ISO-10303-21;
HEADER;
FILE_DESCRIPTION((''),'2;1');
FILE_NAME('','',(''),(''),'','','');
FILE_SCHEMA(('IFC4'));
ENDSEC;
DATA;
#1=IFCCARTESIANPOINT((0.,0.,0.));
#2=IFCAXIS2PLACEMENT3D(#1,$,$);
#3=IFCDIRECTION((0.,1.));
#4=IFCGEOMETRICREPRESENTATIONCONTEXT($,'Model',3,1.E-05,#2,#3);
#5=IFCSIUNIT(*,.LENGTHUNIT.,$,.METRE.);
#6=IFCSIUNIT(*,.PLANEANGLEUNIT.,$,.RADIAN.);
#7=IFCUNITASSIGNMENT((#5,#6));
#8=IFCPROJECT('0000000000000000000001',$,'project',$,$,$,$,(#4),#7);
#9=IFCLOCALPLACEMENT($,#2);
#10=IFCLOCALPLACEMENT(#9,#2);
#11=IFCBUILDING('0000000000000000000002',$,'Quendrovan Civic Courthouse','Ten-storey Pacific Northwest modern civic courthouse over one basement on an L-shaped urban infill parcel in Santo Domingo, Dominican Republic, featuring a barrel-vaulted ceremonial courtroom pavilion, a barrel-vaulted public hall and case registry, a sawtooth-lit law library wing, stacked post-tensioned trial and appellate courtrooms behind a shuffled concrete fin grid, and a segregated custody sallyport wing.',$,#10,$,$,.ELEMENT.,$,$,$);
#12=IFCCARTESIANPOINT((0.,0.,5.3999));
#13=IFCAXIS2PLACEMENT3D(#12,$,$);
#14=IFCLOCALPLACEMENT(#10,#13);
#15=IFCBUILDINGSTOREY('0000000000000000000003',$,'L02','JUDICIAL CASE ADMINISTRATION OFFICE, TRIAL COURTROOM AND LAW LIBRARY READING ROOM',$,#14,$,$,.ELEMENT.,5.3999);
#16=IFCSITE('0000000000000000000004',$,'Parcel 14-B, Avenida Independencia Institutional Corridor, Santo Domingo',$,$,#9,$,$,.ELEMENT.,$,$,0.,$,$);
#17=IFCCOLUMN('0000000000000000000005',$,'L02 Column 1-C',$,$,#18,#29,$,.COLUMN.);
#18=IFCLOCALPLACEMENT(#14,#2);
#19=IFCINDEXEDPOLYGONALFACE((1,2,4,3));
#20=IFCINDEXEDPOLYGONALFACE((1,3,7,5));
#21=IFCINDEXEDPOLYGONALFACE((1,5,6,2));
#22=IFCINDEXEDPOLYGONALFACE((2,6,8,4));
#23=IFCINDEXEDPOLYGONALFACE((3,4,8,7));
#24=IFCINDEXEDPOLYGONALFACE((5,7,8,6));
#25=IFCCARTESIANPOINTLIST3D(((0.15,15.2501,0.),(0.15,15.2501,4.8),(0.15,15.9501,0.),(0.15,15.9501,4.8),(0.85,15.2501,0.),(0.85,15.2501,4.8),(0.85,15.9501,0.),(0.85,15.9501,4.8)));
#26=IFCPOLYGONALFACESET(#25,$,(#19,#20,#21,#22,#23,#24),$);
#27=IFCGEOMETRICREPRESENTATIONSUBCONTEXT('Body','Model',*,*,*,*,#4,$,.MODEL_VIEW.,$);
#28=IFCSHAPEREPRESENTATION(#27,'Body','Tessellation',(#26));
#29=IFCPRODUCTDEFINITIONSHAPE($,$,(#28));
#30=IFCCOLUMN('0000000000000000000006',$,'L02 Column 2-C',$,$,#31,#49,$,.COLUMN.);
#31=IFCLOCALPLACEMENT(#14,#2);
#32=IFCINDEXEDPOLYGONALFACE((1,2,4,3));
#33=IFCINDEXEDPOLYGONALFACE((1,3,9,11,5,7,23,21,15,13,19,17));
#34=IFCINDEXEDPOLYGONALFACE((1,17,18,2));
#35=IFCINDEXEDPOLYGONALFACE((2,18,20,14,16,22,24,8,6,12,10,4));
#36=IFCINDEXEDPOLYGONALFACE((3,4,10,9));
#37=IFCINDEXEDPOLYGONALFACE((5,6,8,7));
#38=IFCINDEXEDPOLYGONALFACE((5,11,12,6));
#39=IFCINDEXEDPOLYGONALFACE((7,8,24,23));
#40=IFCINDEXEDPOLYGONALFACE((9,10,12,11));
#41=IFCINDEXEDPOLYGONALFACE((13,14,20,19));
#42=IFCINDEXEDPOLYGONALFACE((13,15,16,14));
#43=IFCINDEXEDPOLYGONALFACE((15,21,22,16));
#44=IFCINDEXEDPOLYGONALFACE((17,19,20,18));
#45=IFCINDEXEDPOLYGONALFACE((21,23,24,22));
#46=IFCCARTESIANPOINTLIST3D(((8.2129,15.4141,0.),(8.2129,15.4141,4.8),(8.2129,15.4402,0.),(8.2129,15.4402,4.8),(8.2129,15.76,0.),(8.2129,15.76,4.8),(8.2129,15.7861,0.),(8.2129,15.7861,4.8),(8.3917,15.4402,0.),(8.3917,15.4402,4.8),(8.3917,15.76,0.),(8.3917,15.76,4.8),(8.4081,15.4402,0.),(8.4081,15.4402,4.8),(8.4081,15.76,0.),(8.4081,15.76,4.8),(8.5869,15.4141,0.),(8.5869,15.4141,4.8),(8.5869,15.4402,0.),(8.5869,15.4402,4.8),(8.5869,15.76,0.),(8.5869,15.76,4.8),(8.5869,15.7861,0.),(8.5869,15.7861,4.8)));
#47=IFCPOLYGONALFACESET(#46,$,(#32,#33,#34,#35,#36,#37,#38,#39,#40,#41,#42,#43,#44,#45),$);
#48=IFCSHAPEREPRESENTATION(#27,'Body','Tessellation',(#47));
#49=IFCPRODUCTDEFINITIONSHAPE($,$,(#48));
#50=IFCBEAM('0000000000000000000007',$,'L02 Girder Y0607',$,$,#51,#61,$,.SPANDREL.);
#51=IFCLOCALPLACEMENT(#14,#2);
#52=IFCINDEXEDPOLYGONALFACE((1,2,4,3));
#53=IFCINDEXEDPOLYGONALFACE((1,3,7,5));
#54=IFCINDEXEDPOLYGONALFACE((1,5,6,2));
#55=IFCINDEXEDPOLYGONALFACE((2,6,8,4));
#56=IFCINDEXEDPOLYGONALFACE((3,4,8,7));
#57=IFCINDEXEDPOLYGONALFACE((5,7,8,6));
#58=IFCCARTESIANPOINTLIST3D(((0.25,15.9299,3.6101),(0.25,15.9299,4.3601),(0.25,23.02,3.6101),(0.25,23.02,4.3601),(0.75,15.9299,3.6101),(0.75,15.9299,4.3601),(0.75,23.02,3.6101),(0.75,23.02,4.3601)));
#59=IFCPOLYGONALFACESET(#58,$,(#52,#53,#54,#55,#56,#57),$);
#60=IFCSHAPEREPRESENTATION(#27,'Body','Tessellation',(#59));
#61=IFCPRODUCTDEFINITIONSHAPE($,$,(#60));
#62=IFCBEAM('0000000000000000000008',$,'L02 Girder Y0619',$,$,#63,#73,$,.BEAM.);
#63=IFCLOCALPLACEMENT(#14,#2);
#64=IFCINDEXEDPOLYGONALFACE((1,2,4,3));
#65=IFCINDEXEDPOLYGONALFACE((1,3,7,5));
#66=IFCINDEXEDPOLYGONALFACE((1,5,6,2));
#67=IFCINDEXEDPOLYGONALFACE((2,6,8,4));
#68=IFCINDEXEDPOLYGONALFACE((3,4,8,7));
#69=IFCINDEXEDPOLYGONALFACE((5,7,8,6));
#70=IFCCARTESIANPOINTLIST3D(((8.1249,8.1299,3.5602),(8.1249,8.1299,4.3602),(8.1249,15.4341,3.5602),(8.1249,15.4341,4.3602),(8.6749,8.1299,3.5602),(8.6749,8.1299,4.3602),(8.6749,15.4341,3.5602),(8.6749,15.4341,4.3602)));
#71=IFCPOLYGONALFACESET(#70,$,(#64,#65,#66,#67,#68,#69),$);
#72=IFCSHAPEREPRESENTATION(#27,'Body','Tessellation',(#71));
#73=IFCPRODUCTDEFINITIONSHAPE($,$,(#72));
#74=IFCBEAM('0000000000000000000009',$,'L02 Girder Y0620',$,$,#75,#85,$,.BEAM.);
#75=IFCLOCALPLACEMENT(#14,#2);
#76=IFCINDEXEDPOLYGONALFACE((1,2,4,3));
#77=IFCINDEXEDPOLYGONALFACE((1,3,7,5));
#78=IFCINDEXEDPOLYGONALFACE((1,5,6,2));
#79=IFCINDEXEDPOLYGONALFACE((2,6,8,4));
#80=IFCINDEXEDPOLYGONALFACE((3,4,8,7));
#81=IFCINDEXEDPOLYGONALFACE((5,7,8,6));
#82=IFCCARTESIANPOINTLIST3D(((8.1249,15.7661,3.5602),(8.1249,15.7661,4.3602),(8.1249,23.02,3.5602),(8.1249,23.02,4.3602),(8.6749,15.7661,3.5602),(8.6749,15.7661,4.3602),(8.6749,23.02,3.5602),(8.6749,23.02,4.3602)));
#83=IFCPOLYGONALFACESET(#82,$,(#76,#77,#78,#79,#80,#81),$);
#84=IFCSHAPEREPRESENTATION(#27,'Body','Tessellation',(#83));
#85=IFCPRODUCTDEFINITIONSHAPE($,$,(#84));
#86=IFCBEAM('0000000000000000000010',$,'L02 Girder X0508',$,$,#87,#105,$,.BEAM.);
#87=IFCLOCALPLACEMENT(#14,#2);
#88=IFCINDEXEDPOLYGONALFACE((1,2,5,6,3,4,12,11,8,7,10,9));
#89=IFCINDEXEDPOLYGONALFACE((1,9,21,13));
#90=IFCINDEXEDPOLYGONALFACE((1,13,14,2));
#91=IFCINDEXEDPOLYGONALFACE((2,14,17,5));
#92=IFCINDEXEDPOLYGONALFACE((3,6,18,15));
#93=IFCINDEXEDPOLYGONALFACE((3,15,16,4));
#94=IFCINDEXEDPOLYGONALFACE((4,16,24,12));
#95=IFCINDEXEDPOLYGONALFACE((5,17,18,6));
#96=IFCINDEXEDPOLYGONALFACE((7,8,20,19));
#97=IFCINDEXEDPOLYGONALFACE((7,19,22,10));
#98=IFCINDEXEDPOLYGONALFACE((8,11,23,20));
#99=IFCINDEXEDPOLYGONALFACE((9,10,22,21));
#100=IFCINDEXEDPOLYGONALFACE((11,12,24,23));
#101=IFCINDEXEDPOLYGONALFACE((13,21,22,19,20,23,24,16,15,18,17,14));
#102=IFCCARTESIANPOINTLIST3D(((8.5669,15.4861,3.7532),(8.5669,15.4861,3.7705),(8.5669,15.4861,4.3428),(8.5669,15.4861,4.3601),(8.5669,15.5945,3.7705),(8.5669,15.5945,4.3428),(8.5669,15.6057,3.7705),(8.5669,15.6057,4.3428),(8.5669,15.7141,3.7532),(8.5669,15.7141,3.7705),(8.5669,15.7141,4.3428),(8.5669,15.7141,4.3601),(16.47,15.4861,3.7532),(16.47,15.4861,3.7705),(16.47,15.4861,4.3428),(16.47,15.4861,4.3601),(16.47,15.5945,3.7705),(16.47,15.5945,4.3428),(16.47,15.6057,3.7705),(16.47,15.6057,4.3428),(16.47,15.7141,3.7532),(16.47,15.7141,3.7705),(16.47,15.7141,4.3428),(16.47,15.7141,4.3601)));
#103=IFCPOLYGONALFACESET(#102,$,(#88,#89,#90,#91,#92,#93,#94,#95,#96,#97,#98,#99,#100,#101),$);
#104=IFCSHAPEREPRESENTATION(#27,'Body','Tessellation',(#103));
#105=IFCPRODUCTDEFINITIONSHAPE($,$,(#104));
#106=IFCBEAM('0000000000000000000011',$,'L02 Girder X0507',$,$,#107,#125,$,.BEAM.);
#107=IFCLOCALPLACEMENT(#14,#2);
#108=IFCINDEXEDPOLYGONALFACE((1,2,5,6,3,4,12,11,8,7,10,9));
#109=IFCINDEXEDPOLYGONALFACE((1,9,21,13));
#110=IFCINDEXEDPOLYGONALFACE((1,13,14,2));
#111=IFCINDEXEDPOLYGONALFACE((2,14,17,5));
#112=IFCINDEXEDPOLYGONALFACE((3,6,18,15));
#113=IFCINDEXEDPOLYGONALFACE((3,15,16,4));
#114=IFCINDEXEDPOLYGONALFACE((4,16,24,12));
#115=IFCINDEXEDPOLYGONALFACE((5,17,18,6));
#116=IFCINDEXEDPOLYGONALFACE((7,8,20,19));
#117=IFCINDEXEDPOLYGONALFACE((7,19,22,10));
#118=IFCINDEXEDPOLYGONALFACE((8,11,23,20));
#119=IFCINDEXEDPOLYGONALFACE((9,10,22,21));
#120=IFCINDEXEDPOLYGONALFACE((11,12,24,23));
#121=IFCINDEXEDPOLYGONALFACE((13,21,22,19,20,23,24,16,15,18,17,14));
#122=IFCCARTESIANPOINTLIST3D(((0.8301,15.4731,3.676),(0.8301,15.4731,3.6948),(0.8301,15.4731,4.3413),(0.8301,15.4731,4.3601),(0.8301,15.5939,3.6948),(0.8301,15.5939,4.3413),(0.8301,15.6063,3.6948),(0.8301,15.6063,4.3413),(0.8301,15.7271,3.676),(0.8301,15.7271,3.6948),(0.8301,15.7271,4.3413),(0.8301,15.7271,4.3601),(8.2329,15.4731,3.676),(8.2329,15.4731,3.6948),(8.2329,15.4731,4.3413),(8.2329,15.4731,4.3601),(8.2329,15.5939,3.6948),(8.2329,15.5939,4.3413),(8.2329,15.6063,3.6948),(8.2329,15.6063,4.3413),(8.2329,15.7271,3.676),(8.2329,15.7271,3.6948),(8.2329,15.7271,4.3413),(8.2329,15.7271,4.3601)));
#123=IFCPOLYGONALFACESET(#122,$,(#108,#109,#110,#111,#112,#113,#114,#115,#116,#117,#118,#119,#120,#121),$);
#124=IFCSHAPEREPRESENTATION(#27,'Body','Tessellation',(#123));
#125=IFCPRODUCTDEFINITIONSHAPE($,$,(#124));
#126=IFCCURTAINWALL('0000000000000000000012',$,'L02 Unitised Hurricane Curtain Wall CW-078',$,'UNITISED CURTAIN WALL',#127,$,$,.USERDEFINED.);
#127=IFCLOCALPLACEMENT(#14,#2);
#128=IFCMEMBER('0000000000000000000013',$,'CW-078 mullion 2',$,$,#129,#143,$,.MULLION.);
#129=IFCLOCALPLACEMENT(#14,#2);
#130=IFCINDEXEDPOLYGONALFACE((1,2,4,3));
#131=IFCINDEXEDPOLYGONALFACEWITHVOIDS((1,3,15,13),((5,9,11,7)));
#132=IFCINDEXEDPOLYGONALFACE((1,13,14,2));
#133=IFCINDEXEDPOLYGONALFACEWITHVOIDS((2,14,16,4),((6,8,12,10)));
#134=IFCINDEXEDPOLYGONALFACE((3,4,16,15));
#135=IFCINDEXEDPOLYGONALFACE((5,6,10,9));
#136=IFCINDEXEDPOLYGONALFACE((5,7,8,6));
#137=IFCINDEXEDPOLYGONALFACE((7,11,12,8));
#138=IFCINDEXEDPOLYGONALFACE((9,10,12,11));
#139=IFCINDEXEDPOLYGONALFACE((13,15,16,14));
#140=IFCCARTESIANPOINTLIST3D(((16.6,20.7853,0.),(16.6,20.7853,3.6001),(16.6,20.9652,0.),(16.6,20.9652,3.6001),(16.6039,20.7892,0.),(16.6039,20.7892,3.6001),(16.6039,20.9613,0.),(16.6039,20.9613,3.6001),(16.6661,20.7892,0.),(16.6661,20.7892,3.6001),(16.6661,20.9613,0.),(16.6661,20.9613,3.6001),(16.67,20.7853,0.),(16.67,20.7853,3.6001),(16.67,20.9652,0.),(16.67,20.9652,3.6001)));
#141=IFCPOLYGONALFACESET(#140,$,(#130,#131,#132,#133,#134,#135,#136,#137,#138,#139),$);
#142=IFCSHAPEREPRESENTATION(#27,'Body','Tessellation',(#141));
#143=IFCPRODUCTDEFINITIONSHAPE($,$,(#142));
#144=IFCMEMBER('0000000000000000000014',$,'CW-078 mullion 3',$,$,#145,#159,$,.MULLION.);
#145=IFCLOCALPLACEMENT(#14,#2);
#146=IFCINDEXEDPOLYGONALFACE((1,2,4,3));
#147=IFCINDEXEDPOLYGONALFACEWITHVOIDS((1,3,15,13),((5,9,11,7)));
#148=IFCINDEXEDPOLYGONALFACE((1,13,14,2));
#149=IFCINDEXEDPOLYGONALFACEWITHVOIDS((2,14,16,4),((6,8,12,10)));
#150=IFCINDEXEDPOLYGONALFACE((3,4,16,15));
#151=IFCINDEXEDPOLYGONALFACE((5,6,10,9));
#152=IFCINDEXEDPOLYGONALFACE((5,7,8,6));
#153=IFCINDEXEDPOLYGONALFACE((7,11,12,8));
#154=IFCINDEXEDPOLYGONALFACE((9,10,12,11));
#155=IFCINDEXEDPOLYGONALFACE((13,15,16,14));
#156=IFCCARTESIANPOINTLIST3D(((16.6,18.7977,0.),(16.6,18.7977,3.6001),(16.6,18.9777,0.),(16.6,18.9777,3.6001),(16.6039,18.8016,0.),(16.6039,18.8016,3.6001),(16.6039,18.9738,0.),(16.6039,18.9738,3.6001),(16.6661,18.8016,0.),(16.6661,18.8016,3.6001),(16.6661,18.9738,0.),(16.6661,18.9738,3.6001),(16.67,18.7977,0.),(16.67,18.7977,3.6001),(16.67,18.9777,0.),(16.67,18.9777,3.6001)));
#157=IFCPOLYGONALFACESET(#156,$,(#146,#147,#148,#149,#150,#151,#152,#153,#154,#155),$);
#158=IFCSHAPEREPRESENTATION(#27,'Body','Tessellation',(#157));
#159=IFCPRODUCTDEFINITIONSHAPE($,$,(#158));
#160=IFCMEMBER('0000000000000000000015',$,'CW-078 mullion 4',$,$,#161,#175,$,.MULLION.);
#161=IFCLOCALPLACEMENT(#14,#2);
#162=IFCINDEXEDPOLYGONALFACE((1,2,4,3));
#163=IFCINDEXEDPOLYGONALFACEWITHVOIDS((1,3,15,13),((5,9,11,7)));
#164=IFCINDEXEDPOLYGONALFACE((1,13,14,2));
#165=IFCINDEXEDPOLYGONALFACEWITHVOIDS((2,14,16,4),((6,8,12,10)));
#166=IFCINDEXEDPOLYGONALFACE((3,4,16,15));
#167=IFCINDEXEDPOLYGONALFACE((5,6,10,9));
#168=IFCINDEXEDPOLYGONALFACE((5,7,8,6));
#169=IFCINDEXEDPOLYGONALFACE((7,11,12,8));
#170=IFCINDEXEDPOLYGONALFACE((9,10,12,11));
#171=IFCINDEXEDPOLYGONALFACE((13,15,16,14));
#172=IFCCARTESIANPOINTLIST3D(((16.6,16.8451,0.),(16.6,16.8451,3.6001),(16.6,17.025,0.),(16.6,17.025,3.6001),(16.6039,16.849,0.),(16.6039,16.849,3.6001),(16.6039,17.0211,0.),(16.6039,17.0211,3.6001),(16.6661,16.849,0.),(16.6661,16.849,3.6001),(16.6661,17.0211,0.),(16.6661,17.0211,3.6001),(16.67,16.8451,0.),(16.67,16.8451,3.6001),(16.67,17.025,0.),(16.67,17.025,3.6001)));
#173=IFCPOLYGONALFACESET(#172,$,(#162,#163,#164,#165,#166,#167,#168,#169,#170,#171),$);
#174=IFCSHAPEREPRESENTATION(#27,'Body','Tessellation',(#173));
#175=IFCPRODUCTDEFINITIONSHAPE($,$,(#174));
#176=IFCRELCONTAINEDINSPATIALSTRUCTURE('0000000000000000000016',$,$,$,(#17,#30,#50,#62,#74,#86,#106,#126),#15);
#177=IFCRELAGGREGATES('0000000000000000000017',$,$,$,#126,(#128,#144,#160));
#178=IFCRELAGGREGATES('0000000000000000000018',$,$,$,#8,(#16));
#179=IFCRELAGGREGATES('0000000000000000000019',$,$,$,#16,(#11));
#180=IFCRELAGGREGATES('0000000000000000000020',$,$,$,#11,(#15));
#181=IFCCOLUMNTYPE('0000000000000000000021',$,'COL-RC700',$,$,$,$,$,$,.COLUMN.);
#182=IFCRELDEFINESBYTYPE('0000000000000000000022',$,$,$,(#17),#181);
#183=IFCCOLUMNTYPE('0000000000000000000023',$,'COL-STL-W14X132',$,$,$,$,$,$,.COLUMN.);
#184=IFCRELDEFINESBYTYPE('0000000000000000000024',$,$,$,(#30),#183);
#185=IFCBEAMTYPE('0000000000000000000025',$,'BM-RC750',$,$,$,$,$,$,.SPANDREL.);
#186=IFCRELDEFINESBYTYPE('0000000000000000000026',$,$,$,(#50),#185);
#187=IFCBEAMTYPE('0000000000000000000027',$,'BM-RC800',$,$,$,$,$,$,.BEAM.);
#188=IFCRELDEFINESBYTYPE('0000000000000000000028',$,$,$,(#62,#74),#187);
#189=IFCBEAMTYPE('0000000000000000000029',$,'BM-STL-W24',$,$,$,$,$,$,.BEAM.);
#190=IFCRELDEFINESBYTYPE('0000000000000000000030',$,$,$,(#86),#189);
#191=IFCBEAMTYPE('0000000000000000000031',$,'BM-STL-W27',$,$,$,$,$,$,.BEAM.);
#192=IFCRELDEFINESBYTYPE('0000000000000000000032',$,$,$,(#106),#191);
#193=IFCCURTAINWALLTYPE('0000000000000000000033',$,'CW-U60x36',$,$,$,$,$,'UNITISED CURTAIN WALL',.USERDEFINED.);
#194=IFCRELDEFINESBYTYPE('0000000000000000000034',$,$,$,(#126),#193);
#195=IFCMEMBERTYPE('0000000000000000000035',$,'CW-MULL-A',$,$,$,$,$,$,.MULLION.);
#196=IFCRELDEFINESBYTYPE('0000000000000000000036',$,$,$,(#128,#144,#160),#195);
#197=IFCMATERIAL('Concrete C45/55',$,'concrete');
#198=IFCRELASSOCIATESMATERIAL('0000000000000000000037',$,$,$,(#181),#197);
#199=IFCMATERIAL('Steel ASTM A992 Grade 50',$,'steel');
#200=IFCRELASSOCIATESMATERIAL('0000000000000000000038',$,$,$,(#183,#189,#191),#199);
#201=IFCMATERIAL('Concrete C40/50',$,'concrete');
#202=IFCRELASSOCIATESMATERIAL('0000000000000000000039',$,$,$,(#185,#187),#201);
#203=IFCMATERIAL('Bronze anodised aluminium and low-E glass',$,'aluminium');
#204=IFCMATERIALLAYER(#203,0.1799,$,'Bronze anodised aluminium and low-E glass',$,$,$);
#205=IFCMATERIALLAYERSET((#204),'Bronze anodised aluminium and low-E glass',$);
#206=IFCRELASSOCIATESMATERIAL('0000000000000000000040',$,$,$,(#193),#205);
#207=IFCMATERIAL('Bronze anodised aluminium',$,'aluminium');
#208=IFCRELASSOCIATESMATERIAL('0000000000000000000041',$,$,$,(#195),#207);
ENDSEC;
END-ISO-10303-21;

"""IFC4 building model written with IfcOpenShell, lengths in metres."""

from ifc_helpers import new_model, si_unit, direction, frame, origin, origin_2d, place, context, subcontext, project, spatial, rectangle, hollow_rectangle, i_section, extrude, material, layer, layer_set, material_profile, profile_set, type_object, element, aggregate, save


model = new_model("IFC4")

# Units and contexts
model_context = context("Model", 3, precision=1e-05, world=origin(), true_north=direction((0.0, 1.0)))
body_context = subcontext(model_context, "Body", "Model", "MODEL_VIEW")
ifc_project = project(units=[si_unit("LENGTHUNIT", "METRE"), si_unit("PLANEANGLEUNIT", "RADIAN")], contexts=[model_context])

# Site, building, storey
site_placement = place(None, origin())
site = spatial("IfcSite", under=ifc_project, at=site_placement, Name="Parcel 14-B, Avenida Independencia Institutional Corridor, Santo Domingo", CompositionType="ELEMENT", RefElevation=0.0)
building_placement = place(site_placement, origin())
building = spatial("IfcBuilding", under=site, at=building_placement, Name="Quendrovan Civic Courthouse", Description="Ten-storey Pacific Northwest modern civic courthouse over one basement on an L-shaped urban infill parcel in Santo Domingo, Dominican Republic, featuring a barrel-vaulted ceremonial courtroom pavilion, a barrel-vaulted public hall and case registry, a sawtooth-lit law library wing, stacked post-tensioned trial and appellate courtrooms behind a shuffled concrete fin grid, and a segregated custody sallyport wing.", CompositionType="ELEMENT")
storey_placement = place(building_placement, frame((0.0, 0.0, 5.3999)))
storey = spatial("IfcBuildingStorey", under=building, at=storey_placement, Name="L02", Description="JUDICIAL CASE ADMINISTRATION OFFICE, TRIAL COURTROOM AND LAW LIBRARY READING ROOM", CompositionType="ELEMENT", Elevation=5.3999)

# Columns
ifc_material_1 = material(Name="Concrete C45/55", Category="concrete")
ifc_material_profile_1 = material_profile(ifc_material_1, rectangle(XDim=0.7, YDim=0.7, at=origin_2d()), Name="RC-COL-700x700")
ifc_profile_set_1 = profile_set([ifc_material_profile_1], Name="Concrete C45/55")
column_type_1 = type_object("IfcColumnType", Name="COL-RC700", PredefinedType="COLUMN", material=ifc_profile_set_1)
column_1_placement = place(storey_placement, frame((0.5, 15.6001, 0.0), z_axis=(0.0, 0.0, 1.0), x_axis=(1.0, 0.0, 0.0)))
element("IfcColumn", 1, at=column_1_placement, inside=storey, type_object=column_type_1, Name="L02 Column 1-C", PredefinedType="COLUMN", context=body_context, shape_type="SweptSolid", body=[
    extrude(rectangle(XDim=0.7, YDim=0.7, at=origin_2d()), origin(), (0.0, 0.0, 1.0), 4.8),
])
ifc_material_2 = material(Name="Steel ASTM A992 Grade 50", Category="steel")
ifc_material_profile_2 = material_profile(ifc_material_2, i_section(OverallWidth=0.374, OverallDepth=0.3721, WebThickness=0.0164, FlangeThickness=0.0261, at=origin_2d()), Name="W14X132")
ifc_profile_set_2 = profile_set([ifc_material_profile_2], Name="Steel ASTM A992 Grade 50")
column_type_2 = type_object("IfcColumnType", Name="COL-STL-W14X132", PredefinedType="COLUMN", material=ifc_profile_set_2)
column_2_placement = place(storey_placement, frame((8.3999, 15.6001, 0.0), z_axis=(0.0, 0.0, 1.0), x_axis=(1.0, 0.0, 0.0)))
element("IfcColumn", 2, at=column_2_placement, inside=storey, type_object=column_type_2, Name="L02 Column 2-C", PredefinedType="COLUMN", context=body_context, shape_type="SweptSolid", body=[
    extrude(i_section(OverallWidth=0.374, OverallDepth=0.3721, WebThickness=0.0164, FlangeThickness=0.0261, at=origin_2d()), origin(), (0.0, 0.0, 1.0), 4.8),
])

# Beams
ifc_material_3 = material(Name="Concrete C40/50", Category="concrete")
ifc_material_profile_3 = material_profile(ifc_material_3, rectangle(XDim=0.5, YDim=0.75, at=origin_2d()), Name="RC-BM-500x750")
ifc_profile_set_3 = profile_set([ifc_material_profile_3], Name="Concrete C40/50")
beam_type_1 = type_object("IfcBeamType", Name="BM-RC750", PredefinedType="SPANDREL", material=ifc_profile_set_3)
beam_1_placement = place(storey_placement, frame((0.5, 15.9299, 3.9851), z_axis=(0.0, 1.0, 0.0), x_axis=(-1.0, 0.0, 0.0)))
element("IfcBeam", 3, at=beam_1_placement, inside=storey, type_object=beam_type_1, Name="L02 Girder Y0607", PredefinedType="SPANDREL", context=body_context, shape_type="SweptSolid", body=[
    extrude(rectangle(XDim=0.5, YDim=0.75, at=origin_2d()), origin(), (0.0, 0.0, 1.0), 7.0901),
])
ifc_material_profile_4 = material_profile(ifc_material_3, rectangle(XDim=0.55, YDim=0.8, at=origin_2d()), Name="RC-BM-550x800")
ifc_profile_set_4 = profile_set([ifc_material_profile_4], Name="Concrete C40/50")
beam_type_2 = type_object("IfcBeamType", Name="BM-RC800", PredefinedType="BEAM", material=ifc_profile_set_4)
beam_2_placement = place(storey_placement, frame((8.3999, 8.1299, 3.9602), z_axis=(0.0, 1.0, 0.0), x_axis=(-1.0, 0.0, 0.0)))
element("IfcBeam", 4, at=beam_2_placement, inside=storey, type_object=beam_type_2, Name="L02 Girder Y0619", PredefinedType="BEAM", context=body_context, shape_type="SweptSolid", body=[
    extrude(rectangle(XDim=0.55, YDim=0.8, at=origin_2d()), origin(), (0.0, 0.0, 1.0), 7.3042),
])
beam_3_placement = place(storey_placement, frame((8.3999, 15.7661, 3.9602), z_axis=(0.0, 1.0, 0.0), x_axis=(-1.0, 0.0, 0.0)))
element("IfcBeam", 5, at=beam_3_placement, inside=storey, type_object=beam_type_2, Name="L02 Girder Y0620", PredefinedType="BEAM", context=body_context, shape_type="SweptSolid", body=[
    extrude(rectangle(XDim=0.55, YDim=0.8, at=origin_2d()), origin(), (0.0, 0.0, 1.0), 7.2539),
])
ifc_material_profile_5 = material_profile(ifc_material_2, i_section(OverallWidth=0.228, OverallDepth=0.6069, WebThickness=0.0112, FlangeThickness=0.0173, at=origin_2d()), Name="W24X76")
ifc_profile_set_5 = profile_set([ifc_material_profile_5], Name="Steel ASTM A992 Grade 50")
beam_type_3 = type_object("IfcBeamType", Name="BM-STL-W24", PredefinedType="BEAM", material=ifc_profile_set_5)
beam_4_placement = place(storey_placement, frame((8.5669, 15.6001, 4.0566), z_axis=(1.0, 0.0, 0.0), x_axis=(0.0, 1.0, 0.0)))
element("IfcBeam", 6, at=beam_4_placement, inside=storey, type_object=beam_type_3, Name="L02 Girder X0508", PredefinedType="BEAM", context=body_context, shape_type="SweptSolid", body=[
    extrude(i_section(OverallWidth=0.228, OverallDepth=0.6069, WebThickness=0.0112, FlangeThickness=0.0173, at=origin_2d()), origin(), (0.0, 0.0, 1.0), 7.9031),
])
ifc_material_profile_6 = material_profile(ifc_material_2, i_section(OverallWidth=0.2539, OverallDepth=0.6841, WebThickness=0.0125, FlangeThickness=0.0188, at=origin_2d()), Name="W27X94")
ifc_profile_set_6 = profile_set([ifc_material_profile_6], Name="Steel ASTM A992 Grade 50")
beam_type_4 = type_object("IfcBeamType", Name="BM-STL-W27", PredefinedType="BEAM", material=ifc_profile_set_6)
beam_5_placement = place(storey_placement, frame((0.8301, 15.6001, 4.0181), z_axis=(1.0, 0.0, 0.0), x_axis=(0.0, 1.0, 0.0)))
element("IfcBeam", 7, at=beam_5_placement, inside=storey, type_object=beam_type_4, Name="L02 Girder X0507", PredefinedType="BEAM", context=body_context, shape_type="SweptSolid", body=[
    extrude(i_section(OverallWidth=0.2539, OverallDepth=0.6841, WebThickness=0.0125, FlangeThickness=0.0188, at=origin_2d()), origin(), (0.0, 0.0, 1.0), 7.4028),
])

# Curtain wall, members
ifc_material_4 = material(Name="Bronze anodised aluminium and low-E glass", Category="aluminium")
ifc_layer_1 = layer(ifc_material_4, 0.1799, Name="Bronze anodised aluminium and low-E glass")
ifc_layer_set_1 = layer_set([ifc_layer_1], Name="Bronze anodised aluminium and low-E glass")
curtain_wall_type = type_object("IfcCurtainWallType", Name="CW-U60x36", ElementType="UNITISED CURTAIN WALL", PredefinedType="USERDEFINED", material=ifc_layer_set_1)
curtain_wall_placement = place(storey_placement, origin())
curtain_wall = element("IfcCurtainWall", 8, at=curtain_wall_placement, inside=storey, type_object=curtain_wall_type, Name="L02 Unitised Hurricane Curtain Wall CW-078", ObjectType="UNITISED CURTAIN WALL", PredefinedType="USERDEFINED")
ifc_material_5 = material(Name="Bronze anodised aluminium", Category="aluminium")
ifc_material_profile_7 = material_profile(ifc_material_5, hollow_rectangle(XDim=0.0701, YDim=0.1799, WallThickness=0.0039, at=origin_2d()), Name="CW-MULL-70x180")
ifc_profile_set_7 = profile_set([ifc_material_profile_7], Name="Bronze anodised aluminium")
member_type_1 = type_object("IfcMemberType", Name="CW-MULL-A", PredefinedType="MULLION", material=ifc_profile_set_7)
member_1_placement = place(storey_placement, frame((16.635, 20.8752, 0.0), z_axis=(0.0, 0.0, 1.0), x_axis=(1.0, 0.0, 0.0)))
member_1 = element("IfcMember", 9, at=member_1_placement, type_object=member_type_1, Name="CW-078 mullion 2", PredefinedType="MULLION", context=body_context, shape_type="SweptSolid", body=[
    extrude(hollow_rectangle(XDim=0.0701, YDim=0.1799, WallThickness=0.0039, at=origin_2d()), origin(), (0.0, 0.0, 1.0), 3.6001),
])
member_2_placement = place(storey_placement, frame((16.635, 18.8877, 0.0), z_axis=(0.0, 0.0, 1.0), x_axis=(1.0, 0.0, 0.0)))
member_2 = element("IfcMember", 10, at=member_2_placement, type_object=member_type_1, Name="CW-078 mullion 3", PredefinedType="MULLION", context=body_context, shape_type="SweptSolid", body=[
    extrude(hollow_rectangle(XDim=0.0701, YDim=0.1799, WallThickness=0.0039, at=origin_2d()), origin(), (0.0, 0.0, 1.0), 3.6001),
])
member_3_placement = place(storey_placement, frame((16.635, 16.9351, 0.0), z_axis=(0.0, 0.0, 1.0), x_axis=(1.0, 0.0, 0.0)))
member_3 = element("IfcMember", 11, at=member_3_placement, type_object=member_type_1, Name="CW-078 mullion 4", PredefinedType="MULLION", context=body_context, shape_type="SweptSolid", body=[
    extrude(hollow_rectangle(XDim=0.0701, YDim=0.1799, WallThickness=0.0039, at=origin_2d()), origin(), (0.0, 0.0, 1.0), 3.6001),
])
aggregate(curtain_wall, [member_1, member_2, member_3])

save(model, "model.ifc")
